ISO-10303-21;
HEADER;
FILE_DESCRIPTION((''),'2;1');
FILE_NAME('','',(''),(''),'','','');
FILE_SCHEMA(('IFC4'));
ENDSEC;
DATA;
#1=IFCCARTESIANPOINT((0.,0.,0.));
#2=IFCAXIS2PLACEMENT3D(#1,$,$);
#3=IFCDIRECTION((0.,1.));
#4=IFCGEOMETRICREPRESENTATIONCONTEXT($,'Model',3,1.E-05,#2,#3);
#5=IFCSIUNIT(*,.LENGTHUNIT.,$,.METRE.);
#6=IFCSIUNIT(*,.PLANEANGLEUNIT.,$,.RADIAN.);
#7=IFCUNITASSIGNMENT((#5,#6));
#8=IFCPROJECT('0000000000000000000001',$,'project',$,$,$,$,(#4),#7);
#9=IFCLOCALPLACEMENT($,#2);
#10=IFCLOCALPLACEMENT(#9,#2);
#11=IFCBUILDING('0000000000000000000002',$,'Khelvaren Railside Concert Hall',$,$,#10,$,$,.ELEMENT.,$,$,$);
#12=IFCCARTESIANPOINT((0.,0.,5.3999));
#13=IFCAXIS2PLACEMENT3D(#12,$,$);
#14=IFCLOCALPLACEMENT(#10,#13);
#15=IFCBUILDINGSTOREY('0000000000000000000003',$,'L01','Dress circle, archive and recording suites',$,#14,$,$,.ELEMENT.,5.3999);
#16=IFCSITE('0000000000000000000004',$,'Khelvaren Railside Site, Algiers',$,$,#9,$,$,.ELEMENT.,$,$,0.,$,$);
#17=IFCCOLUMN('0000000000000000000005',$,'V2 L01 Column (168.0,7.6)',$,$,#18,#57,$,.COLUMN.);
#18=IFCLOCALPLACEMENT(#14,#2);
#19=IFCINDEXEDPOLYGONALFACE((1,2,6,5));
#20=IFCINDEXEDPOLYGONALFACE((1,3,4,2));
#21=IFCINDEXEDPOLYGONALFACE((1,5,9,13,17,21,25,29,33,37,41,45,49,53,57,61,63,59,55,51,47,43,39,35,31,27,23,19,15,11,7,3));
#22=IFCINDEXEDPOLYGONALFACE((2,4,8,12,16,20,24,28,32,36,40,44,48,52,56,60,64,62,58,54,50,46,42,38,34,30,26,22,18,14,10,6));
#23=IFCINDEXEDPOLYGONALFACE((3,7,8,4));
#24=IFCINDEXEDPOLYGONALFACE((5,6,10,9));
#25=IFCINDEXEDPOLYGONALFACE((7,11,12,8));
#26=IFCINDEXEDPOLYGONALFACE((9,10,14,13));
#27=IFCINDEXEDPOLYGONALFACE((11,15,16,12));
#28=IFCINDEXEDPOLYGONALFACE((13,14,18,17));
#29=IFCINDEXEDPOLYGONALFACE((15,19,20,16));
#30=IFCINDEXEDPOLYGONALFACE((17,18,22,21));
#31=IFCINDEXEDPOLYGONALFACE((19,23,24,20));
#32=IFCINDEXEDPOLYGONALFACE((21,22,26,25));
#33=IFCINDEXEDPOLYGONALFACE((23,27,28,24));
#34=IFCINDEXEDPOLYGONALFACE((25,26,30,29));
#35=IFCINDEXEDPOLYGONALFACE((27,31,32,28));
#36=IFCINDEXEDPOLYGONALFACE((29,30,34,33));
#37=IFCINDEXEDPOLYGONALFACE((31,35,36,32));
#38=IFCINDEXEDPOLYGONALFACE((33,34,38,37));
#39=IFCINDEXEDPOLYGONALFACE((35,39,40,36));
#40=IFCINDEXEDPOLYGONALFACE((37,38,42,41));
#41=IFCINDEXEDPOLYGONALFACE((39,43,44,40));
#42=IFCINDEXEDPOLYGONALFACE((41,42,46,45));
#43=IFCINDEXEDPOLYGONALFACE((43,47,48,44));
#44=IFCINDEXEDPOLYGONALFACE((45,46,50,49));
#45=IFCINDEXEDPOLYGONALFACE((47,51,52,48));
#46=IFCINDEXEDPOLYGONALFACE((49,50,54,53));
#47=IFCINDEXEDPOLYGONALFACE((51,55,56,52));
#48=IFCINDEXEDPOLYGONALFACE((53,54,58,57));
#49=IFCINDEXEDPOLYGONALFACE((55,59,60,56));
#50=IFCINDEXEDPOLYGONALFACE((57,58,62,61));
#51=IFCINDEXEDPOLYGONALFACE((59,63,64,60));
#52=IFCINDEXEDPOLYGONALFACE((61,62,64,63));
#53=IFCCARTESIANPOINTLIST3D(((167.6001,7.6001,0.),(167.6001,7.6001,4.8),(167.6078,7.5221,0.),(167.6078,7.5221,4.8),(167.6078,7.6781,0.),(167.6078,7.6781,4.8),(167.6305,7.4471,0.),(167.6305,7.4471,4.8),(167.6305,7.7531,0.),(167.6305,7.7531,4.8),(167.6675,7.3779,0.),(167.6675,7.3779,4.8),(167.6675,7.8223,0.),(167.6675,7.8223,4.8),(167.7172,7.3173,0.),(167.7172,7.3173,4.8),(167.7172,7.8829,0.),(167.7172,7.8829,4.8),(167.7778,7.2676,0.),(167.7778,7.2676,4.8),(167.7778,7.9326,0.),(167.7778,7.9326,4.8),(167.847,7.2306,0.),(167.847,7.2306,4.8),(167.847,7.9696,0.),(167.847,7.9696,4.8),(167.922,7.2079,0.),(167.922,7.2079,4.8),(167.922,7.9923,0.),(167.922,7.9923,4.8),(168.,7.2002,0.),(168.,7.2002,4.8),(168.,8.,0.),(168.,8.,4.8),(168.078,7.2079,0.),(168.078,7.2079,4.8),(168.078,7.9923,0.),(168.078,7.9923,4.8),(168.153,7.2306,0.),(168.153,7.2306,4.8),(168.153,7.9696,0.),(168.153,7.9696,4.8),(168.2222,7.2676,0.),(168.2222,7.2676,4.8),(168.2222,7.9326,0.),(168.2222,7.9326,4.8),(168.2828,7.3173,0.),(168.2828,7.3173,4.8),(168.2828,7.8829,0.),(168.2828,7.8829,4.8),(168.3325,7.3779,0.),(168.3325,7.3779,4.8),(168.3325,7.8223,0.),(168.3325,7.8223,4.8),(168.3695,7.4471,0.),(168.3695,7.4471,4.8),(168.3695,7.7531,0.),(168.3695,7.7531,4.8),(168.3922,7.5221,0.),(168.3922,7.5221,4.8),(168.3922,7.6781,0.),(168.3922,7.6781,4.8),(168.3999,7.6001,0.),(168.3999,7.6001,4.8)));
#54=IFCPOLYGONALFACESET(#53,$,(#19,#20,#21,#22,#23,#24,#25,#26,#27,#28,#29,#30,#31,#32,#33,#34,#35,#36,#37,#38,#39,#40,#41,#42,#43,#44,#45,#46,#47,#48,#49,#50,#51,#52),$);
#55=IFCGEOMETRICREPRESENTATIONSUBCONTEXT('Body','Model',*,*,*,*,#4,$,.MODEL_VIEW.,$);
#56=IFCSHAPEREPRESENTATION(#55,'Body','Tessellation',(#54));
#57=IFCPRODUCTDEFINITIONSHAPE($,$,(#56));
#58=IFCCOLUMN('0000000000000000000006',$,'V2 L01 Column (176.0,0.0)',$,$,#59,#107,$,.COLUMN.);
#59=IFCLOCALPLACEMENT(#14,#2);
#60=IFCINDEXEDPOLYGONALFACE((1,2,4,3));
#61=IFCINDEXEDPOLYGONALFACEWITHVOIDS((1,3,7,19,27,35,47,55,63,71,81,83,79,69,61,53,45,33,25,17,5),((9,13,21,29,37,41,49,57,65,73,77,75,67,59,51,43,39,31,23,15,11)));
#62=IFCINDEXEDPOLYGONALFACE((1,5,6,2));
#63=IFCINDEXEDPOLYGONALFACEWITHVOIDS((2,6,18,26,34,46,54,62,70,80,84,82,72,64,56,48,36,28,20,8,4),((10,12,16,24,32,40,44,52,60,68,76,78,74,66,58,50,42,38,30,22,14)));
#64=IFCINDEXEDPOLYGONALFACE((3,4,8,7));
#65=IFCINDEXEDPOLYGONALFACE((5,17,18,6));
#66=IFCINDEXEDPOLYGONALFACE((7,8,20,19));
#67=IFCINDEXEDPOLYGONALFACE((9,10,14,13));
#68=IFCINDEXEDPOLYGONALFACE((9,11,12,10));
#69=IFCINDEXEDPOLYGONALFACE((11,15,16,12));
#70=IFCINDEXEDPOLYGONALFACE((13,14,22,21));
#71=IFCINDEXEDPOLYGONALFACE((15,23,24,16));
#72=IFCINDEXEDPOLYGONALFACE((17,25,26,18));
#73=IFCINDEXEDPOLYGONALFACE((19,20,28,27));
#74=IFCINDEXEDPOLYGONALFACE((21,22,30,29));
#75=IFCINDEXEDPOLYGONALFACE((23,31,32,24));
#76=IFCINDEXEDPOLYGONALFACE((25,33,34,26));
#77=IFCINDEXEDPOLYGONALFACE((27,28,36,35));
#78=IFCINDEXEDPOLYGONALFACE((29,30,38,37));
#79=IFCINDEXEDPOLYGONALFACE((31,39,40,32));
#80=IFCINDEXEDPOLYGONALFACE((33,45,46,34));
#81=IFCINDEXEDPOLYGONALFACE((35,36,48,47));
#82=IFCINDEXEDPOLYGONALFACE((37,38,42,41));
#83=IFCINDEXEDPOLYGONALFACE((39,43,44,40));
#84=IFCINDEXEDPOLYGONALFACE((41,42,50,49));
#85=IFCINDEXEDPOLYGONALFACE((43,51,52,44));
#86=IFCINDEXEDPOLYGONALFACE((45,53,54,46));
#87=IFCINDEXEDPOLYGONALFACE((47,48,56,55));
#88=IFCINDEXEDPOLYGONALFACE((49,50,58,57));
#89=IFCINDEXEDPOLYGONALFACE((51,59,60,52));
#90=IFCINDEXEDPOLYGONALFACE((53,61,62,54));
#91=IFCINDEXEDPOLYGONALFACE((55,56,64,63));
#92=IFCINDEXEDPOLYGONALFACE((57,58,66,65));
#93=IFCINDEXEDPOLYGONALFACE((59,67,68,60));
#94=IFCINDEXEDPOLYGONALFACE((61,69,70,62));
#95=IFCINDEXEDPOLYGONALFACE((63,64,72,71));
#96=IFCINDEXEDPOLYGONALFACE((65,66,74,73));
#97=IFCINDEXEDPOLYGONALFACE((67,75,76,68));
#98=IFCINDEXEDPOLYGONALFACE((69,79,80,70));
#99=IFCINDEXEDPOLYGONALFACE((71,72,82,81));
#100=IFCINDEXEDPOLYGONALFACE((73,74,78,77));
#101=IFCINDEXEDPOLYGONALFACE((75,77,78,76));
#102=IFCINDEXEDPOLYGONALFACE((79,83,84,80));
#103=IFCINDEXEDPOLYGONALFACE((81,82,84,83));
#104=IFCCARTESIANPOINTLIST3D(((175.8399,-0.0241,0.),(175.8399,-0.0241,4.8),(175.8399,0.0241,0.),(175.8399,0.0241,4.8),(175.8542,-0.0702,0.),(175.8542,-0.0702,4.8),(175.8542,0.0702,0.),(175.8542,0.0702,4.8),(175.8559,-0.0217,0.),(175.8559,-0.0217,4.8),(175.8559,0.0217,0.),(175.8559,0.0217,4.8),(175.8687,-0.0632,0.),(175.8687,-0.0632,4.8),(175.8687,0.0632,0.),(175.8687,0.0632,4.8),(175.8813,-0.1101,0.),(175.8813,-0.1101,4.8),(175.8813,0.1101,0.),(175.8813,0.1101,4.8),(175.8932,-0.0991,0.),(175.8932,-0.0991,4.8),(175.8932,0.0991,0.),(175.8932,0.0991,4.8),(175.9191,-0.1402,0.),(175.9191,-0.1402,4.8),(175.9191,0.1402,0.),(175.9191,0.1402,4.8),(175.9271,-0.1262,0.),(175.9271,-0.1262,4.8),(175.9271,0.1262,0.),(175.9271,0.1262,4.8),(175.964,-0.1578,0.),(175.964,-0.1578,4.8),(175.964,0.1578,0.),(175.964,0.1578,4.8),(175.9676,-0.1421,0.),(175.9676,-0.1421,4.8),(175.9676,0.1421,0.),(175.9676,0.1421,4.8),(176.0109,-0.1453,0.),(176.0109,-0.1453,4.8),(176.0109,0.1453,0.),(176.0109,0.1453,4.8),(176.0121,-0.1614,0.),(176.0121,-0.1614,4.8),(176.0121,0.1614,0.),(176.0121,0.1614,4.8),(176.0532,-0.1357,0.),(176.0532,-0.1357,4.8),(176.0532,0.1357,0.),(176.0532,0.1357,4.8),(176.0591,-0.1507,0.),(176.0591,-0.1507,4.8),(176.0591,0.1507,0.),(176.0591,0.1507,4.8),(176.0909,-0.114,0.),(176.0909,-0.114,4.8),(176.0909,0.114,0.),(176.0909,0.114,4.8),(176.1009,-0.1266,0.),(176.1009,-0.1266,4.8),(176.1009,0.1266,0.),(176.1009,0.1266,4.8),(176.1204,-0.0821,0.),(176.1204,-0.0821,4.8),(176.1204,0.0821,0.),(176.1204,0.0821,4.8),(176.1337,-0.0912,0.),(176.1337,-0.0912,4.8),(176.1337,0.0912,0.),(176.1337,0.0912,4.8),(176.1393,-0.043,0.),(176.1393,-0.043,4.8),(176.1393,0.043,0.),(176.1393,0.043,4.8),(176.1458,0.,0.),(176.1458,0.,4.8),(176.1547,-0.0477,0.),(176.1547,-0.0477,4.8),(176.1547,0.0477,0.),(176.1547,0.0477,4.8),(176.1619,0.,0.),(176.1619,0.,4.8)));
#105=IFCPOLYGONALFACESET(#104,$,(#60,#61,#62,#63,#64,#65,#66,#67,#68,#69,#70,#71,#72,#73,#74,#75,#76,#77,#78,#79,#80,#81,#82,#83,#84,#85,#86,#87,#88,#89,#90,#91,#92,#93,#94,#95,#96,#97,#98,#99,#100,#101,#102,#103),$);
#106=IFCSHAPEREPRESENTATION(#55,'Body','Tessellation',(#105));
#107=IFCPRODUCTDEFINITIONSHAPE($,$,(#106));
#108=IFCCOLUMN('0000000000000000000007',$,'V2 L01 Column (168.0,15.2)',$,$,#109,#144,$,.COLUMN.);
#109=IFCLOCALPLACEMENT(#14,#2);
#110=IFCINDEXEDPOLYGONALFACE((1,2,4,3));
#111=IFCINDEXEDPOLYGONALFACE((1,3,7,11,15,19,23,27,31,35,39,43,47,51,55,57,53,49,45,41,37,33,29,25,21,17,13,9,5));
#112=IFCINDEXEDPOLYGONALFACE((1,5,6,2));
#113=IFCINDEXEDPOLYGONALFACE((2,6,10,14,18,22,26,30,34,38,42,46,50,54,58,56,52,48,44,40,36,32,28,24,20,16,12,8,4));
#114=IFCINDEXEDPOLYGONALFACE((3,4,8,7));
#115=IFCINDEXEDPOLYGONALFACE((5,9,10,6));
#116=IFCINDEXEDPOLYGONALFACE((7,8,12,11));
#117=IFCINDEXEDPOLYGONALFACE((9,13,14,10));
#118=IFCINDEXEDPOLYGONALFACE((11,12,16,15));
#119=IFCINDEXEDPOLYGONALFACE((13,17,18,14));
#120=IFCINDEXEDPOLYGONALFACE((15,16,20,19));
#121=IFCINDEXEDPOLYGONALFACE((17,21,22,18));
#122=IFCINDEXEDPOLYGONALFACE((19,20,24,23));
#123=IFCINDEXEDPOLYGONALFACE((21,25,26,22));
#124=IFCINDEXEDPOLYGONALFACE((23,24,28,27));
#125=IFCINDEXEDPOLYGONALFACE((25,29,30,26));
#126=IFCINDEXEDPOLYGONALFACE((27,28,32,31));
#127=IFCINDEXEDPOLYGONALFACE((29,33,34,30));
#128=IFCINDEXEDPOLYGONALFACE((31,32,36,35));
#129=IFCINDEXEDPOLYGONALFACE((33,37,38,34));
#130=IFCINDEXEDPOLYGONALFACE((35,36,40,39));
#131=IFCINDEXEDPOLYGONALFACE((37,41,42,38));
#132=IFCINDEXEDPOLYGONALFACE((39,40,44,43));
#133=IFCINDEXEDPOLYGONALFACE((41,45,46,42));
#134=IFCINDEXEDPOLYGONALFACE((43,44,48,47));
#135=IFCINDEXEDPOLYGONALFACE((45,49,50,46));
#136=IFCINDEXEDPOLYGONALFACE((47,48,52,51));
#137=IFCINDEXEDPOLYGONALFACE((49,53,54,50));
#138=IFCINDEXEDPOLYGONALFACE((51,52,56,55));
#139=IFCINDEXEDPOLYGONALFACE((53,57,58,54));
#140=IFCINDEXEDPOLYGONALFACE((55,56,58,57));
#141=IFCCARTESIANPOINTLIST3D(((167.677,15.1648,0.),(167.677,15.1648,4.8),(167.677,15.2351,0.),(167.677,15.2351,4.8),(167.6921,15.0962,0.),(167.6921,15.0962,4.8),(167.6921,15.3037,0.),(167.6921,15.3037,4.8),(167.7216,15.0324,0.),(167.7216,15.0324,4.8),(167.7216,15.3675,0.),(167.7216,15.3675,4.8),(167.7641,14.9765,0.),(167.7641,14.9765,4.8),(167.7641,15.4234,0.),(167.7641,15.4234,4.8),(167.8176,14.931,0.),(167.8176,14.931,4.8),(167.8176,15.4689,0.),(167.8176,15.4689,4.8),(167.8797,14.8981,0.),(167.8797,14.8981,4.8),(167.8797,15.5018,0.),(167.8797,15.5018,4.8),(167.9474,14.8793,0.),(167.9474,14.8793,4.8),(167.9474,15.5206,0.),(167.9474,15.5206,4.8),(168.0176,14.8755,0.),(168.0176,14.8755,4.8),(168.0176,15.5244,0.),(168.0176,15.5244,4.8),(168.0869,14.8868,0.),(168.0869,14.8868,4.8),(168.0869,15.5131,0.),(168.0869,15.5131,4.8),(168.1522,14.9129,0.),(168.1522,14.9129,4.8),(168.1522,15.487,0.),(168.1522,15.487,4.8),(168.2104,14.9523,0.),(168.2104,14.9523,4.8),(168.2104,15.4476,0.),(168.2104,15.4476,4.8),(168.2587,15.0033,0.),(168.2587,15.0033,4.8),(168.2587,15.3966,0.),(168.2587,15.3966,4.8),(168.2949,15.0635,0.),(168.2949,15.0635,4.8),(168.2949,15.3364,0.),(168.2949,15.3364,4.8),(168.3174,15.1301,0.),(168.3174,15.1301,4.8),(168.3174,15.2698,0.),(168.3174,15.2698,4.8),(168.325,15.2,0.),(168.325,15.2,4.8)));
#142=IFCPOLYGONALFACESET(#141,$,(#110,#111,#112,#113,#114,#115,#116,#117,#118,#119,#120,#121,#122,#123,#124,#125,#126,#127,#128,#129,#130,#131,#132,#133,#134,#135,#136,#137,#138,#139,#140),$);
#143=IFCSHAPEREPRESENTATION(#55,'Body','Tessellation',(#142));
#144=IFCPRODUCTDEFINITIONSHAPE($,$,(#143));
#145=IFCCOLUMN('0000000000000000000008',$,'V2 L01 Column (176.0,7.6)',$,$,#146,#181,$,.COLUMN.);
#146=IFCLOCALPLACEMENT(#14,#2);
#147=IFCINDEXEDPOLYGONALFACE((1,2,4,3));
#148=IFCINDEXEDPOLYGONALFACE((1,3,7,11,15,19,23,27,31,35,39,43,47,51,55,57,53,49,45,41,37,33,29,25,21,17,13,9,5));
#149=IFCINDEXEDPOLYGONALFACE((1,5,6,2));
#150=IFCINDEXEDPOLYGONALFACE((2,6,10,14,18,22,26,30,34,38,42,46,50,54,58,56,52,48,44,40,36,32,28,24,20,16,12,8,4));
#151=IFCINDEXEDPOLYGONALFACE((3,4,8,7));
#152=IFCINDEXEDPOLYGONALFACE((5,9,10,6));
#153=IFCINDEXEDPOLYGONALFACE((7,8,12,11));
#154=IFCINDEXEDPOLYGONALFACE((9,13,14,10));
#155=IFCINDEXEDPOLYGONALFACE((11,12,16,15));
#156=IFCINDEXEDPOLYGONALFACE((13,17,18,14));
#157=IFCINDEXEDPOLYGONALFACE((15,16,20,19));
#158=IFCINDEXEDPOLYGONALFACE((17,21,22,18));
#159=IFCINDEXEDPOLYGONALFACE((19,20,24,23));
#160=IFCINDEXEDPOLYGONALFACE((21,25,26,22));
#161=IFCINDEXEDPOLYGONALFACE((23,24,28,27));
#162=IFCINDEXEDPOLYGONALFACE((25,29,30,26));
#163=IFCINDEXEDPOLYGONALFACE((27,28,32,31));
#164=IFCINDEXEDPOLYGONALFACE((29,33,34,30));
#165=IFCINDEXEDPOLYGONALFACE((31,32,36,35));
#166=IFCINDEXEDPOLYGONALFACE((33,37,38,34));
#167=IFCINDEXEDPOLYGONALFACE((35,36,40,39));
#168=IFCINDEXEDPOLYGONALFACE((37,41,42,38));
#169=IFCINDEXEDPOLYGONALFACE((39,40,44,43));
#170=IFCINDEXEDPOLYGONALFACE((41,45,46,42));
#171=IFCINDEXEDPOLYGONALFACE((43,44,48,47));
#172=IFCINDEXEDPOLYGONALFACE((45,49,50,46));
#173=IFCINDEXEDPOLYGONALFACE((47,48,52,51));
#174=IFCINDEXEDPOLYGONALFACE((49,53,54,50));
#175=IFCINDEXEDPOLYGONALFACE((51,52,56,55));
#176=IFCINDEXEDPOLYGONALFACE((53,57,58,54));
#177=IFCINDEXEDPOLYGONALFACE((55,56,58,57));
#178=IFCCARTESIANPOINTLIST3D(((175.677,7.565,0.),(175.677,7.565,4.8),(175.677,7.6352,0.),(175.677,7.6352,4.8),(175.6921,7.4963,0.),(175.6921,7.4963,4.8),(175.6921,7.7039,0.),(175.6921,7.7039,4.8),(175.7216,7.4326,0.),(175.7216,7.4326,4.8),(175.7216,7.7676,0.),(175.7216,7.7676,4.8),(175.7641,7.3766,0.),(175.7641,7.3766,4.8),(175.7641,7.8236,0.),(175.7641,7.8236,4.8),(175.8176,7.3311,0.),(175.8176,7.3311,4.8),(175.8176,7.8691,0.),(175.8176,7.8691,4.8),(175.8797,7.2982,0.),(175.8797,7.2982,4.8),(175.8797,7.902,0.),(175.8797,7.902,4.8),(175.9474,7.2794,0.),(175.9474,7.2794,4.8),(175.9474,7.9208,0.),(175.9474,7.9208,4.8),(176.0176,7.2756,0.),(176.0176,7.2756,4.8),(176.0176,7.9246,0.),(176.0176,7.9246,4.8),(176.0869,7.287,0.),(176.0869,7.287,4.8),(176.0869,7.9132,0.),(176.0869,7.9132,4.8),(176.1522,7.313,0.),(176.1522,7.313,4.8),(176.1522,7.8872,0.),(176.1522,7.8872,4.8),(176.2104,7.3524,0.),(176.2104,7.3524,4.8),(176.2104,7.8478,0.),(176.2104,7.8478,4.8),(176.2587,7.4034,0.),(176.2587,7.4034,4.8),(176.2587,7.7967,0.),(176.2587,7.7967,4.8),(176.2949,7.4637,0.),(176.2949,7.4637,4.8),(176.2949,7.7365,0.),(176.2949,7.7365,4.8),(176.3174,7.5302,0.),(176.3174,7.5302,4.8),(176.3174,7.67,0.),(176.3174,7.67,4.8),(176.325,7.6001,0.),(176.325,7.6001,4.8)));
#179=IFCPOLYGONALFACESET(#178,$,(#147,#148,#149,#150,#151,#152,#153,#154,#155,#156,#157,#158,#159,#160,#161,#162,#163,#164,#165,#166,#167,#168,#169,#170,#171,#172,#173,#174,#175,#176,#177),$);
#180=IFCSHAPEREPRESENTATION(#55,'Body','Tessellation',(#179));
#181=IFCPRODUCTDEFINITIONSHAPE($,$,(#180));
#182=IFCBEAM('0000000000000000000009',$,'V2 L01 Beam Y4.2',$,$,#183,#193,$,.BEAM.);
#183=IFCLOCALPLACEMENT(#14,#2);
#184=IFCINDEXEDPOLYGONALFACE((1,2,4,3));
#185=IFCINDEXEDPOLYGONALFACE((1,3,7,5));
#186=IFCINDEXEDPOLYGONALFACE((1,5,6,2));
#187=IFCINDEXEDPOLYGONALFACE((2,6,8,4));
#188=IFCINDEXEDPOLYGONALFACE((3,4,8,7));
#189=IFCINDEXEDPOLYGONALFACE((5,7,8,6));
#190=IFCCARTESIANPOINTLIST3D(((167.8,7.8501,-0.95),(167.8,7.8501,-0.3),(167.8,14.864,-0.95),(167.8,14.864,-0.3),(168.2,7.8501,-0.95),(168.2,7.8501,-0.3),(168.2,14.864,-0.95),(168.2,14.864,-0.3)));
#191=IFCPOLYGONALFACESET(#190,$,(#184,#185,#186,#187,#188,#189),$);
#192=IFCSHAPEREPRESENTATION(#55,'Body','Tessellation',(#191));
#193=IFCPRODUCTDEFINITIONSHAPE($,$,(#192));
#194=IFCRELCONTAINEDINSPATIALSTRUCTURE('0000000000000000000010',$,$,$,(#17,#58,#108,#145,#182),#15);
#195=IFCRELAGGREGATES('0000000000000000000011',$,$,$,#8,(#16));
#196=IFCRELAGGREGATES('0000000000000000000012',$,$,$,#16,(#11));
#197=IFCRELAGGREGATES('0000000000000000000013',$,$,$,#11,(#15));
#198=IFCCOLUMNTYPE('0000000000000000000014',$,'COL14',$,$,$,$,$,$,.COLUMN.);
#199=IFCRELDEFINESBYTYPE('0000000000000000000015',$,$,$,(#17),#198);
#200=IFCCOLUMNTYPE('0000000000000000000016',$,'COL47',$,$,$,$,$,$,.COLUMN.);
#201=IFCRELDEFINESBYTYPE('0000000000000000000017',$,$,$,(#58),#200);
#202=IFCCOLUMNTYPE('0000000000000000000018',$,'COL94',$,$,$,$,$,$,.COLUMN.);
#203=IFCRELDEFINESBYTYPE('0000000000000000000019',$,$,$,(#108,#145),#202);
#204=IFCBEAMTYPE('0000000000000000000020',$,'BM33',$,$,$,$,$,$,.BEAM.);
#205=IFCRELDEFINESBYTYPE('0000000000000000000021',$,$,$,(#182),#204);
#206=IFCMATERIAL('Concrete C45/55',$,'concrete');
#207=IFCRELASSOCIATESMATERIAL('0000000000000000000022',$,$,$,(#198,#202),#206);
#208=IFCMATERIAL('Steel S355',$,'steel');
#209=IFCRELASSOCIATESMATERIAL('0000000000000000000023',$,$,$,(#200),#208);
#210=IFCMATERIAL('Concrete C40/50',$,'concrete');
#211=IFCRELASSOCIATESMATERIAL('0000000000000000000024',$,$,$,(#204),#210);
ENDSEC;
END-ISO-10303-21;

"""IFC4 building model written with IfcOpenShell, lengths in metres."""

from ifc_helpers import new_model, si_unit, direction, frame, origin, origin_2d, place, context, subcontext, project, spatial, rectangle, circle, hollow_circle, extrude, material, material_profile, profile_set, type_object, element, save


model = new_model("IFC4")

# Units and contexts
model_context = context("Model", 3, precision=1e-05, world=origin(), true_north=direction((0.0, 1.0)))
body_context = subcontext(model_context, "Body", "Model", "MODEL_VIEW")
ifc_project = project(units=[si_unit("LENGTHUNIT", "METRE"), si_unit("PLANEANGLEUNIT", "RADIAN")], contexts=[model_context])

# Site, building, storey
site_placement = place(None, origin())
site = spatial("IfcSite", under=ifc_project, at=site_placement, Name="Khelvaren Railside Site, Algiers", CompositionType="ELEMENT", RefElevation=0.0)
building_placement = place(site_placement, origin())
building = spatial("IfcBuilding", under=site, at=building_placement, Name="Khelvaren Railside Concert Hall", CompositionType="ELEMENT")
storey_placement = place(building_placement, frame((0.0, 0.0, 5.3999)))
storey = spatial("IfcBuildingStorey", under=building, at=storey_placement, Name="L01", Description="Dress circle, archive and recording suites", CompositionType="ELEMENT", Elevation=5.3999)

# Columns
ifc_material_1 = material(Name="Concrete C45/55", Category="concrete")
ifc_material_profile_1 = material_profile(ifc_material_1, circle(Radius=0.3999, at=origin_2d()), Name="RC D800")
ifc_profile_set_1 = profile_set([ifc_material_profile_1], Name="Concrete C45/55")
column_type_1 = type_object("IfcColumnType", Name="COL14", PredefinedType="COLUMN", material=ifc_profile_set_1)
column_1_placement = place(storey_placement, frame((168.0, 7.6001, 0.0), z_axis=(0.0, 0.0, 1.0), x_axis=(1.0, 0.0, 0.0)))
element("IfcColumn", 1, at=column_1_placement, inside=storey, type_object=column_type_1, Name="V2 L01 Column (168.0,7.6)", PredefinedType="COLUMN", context=body_context, shape_type="SweptSolid", body=[
    extrude(circle(Radius=0.3999, at=origin_2d()), origin(), (0.0, 0.0, 1.0), 4.8),
])
ifc_material_2 = material(Name="Steel S355", Category="steel")
ifc_material_profile_2 = material_profile(ifc_material_2, hollow_circle(Radius=0.1619, WallThickness=0.0161, at=origin_2d()), Name="CHS 323.9x16")
ifc_profile_set_2 = profile_set([ifc_material_profile_2], Name="Steel S355")
column_type_2 = type_object("IfcColumnType", Name="COL47", PredefinedType="COLUMN", material=ifc_profile_set_2)
column_2_placement = place(storey_placement, frame((176.0, 0.0, 0.0), z_axis=(0.0, 0.0, 1.0), x_axis=(1.0, 0.0, 0.0)))
element("IfcColumn", 2, at=column_2_placement, inside=storey, type_object=column_type_2, Name="V2 L01 Column (176.0,0.0)", PredefinedType="COLUMN", context=body_context, shape_type="SweptSolid", body=[
    extrude(hollow_circle(Radius=0.1619, WallThickness=0.0161, at=origin_2d()), origin(), (0.0, 0.0, 1.0), 4.8),
])
ifc_material_profile_3 = material_profile(ifc_material_1, circle(Radius=0.325, at=origin_2d()), Name="RC D650")
ifc_profile_set_3 = profile_set([ifc_material_profile_3], Name="Concrete C45/55")
column_type_3 = type_object("IfcColumnType", Name="COL94", PredefinedType="COLUMN", material=ifc_profile_set_3)
for number, where, z_axis, x_axis, name in (
    (3, (168.0, 15.2, 0.0), (0.0, 0.0, 1.0), (1.0, 0.0, 0.0), "V2 L01 Column (168.0,15.2)"),
    (4, (176.0, 7.6001, 0.0), (0.0, 0.0, 1.0), (1.0, 0.0, 0.0), "V2 L01 Column (176.0,7.6)"),
):
    element("IfcColumn", number, at=place(storey_placement, frame(where, z_axis=z_axis, x_axis=x_axis)), inside=storey, type_object=column_type_3, Name=name, PredefinedType="COLUMN", context=body_context, shape_type="SweptSolid", body=[
        extrude(circle(Radius=0.325, at=origin_2d()), origin(), (0.0, 0.0, 1.0), 4.8),
    ])

# Beam
ifc_material_3 = material(Name="Concrete C40/50", Category="concrete")
ifc_material_profile_4 = material_profile(ifc_material_3, rectangle(XDim=0.3999, YDim=0.6499, at=origin_2d()), Name="RCB 400x650")
ifc_profile_set_4 = profile_set([ifc_material_profile_4], Name="Concrete C40/50")
beam_type_1 = type_object("IfcBeamType", Name="BM33", PredefinedType="BEAM", material=ifc_profile_set_4)
beam_1_placement = place(storey_placement, frame((168.0, 7.8501, -0.625), z_axis=(0.0, 1.0, 0.0), x_axis=(-1.0, 0.0, 0.0)))
element("IfcBeam", 5, at=beam_1_placement, inside=storey, type_object=beam_type_1, Name="V2 L01 Beam Y4.2", PredefinedType="BEAM", context=body_context, shape_type="SweptSolid", body=[
    extrude(rectangle(XDim=0.3999, YDim=0.6499, at=origin_2d()), origin(), (0.0, 0.0, 1.0), 7.0139),
])

save(model, "model.ifc")
